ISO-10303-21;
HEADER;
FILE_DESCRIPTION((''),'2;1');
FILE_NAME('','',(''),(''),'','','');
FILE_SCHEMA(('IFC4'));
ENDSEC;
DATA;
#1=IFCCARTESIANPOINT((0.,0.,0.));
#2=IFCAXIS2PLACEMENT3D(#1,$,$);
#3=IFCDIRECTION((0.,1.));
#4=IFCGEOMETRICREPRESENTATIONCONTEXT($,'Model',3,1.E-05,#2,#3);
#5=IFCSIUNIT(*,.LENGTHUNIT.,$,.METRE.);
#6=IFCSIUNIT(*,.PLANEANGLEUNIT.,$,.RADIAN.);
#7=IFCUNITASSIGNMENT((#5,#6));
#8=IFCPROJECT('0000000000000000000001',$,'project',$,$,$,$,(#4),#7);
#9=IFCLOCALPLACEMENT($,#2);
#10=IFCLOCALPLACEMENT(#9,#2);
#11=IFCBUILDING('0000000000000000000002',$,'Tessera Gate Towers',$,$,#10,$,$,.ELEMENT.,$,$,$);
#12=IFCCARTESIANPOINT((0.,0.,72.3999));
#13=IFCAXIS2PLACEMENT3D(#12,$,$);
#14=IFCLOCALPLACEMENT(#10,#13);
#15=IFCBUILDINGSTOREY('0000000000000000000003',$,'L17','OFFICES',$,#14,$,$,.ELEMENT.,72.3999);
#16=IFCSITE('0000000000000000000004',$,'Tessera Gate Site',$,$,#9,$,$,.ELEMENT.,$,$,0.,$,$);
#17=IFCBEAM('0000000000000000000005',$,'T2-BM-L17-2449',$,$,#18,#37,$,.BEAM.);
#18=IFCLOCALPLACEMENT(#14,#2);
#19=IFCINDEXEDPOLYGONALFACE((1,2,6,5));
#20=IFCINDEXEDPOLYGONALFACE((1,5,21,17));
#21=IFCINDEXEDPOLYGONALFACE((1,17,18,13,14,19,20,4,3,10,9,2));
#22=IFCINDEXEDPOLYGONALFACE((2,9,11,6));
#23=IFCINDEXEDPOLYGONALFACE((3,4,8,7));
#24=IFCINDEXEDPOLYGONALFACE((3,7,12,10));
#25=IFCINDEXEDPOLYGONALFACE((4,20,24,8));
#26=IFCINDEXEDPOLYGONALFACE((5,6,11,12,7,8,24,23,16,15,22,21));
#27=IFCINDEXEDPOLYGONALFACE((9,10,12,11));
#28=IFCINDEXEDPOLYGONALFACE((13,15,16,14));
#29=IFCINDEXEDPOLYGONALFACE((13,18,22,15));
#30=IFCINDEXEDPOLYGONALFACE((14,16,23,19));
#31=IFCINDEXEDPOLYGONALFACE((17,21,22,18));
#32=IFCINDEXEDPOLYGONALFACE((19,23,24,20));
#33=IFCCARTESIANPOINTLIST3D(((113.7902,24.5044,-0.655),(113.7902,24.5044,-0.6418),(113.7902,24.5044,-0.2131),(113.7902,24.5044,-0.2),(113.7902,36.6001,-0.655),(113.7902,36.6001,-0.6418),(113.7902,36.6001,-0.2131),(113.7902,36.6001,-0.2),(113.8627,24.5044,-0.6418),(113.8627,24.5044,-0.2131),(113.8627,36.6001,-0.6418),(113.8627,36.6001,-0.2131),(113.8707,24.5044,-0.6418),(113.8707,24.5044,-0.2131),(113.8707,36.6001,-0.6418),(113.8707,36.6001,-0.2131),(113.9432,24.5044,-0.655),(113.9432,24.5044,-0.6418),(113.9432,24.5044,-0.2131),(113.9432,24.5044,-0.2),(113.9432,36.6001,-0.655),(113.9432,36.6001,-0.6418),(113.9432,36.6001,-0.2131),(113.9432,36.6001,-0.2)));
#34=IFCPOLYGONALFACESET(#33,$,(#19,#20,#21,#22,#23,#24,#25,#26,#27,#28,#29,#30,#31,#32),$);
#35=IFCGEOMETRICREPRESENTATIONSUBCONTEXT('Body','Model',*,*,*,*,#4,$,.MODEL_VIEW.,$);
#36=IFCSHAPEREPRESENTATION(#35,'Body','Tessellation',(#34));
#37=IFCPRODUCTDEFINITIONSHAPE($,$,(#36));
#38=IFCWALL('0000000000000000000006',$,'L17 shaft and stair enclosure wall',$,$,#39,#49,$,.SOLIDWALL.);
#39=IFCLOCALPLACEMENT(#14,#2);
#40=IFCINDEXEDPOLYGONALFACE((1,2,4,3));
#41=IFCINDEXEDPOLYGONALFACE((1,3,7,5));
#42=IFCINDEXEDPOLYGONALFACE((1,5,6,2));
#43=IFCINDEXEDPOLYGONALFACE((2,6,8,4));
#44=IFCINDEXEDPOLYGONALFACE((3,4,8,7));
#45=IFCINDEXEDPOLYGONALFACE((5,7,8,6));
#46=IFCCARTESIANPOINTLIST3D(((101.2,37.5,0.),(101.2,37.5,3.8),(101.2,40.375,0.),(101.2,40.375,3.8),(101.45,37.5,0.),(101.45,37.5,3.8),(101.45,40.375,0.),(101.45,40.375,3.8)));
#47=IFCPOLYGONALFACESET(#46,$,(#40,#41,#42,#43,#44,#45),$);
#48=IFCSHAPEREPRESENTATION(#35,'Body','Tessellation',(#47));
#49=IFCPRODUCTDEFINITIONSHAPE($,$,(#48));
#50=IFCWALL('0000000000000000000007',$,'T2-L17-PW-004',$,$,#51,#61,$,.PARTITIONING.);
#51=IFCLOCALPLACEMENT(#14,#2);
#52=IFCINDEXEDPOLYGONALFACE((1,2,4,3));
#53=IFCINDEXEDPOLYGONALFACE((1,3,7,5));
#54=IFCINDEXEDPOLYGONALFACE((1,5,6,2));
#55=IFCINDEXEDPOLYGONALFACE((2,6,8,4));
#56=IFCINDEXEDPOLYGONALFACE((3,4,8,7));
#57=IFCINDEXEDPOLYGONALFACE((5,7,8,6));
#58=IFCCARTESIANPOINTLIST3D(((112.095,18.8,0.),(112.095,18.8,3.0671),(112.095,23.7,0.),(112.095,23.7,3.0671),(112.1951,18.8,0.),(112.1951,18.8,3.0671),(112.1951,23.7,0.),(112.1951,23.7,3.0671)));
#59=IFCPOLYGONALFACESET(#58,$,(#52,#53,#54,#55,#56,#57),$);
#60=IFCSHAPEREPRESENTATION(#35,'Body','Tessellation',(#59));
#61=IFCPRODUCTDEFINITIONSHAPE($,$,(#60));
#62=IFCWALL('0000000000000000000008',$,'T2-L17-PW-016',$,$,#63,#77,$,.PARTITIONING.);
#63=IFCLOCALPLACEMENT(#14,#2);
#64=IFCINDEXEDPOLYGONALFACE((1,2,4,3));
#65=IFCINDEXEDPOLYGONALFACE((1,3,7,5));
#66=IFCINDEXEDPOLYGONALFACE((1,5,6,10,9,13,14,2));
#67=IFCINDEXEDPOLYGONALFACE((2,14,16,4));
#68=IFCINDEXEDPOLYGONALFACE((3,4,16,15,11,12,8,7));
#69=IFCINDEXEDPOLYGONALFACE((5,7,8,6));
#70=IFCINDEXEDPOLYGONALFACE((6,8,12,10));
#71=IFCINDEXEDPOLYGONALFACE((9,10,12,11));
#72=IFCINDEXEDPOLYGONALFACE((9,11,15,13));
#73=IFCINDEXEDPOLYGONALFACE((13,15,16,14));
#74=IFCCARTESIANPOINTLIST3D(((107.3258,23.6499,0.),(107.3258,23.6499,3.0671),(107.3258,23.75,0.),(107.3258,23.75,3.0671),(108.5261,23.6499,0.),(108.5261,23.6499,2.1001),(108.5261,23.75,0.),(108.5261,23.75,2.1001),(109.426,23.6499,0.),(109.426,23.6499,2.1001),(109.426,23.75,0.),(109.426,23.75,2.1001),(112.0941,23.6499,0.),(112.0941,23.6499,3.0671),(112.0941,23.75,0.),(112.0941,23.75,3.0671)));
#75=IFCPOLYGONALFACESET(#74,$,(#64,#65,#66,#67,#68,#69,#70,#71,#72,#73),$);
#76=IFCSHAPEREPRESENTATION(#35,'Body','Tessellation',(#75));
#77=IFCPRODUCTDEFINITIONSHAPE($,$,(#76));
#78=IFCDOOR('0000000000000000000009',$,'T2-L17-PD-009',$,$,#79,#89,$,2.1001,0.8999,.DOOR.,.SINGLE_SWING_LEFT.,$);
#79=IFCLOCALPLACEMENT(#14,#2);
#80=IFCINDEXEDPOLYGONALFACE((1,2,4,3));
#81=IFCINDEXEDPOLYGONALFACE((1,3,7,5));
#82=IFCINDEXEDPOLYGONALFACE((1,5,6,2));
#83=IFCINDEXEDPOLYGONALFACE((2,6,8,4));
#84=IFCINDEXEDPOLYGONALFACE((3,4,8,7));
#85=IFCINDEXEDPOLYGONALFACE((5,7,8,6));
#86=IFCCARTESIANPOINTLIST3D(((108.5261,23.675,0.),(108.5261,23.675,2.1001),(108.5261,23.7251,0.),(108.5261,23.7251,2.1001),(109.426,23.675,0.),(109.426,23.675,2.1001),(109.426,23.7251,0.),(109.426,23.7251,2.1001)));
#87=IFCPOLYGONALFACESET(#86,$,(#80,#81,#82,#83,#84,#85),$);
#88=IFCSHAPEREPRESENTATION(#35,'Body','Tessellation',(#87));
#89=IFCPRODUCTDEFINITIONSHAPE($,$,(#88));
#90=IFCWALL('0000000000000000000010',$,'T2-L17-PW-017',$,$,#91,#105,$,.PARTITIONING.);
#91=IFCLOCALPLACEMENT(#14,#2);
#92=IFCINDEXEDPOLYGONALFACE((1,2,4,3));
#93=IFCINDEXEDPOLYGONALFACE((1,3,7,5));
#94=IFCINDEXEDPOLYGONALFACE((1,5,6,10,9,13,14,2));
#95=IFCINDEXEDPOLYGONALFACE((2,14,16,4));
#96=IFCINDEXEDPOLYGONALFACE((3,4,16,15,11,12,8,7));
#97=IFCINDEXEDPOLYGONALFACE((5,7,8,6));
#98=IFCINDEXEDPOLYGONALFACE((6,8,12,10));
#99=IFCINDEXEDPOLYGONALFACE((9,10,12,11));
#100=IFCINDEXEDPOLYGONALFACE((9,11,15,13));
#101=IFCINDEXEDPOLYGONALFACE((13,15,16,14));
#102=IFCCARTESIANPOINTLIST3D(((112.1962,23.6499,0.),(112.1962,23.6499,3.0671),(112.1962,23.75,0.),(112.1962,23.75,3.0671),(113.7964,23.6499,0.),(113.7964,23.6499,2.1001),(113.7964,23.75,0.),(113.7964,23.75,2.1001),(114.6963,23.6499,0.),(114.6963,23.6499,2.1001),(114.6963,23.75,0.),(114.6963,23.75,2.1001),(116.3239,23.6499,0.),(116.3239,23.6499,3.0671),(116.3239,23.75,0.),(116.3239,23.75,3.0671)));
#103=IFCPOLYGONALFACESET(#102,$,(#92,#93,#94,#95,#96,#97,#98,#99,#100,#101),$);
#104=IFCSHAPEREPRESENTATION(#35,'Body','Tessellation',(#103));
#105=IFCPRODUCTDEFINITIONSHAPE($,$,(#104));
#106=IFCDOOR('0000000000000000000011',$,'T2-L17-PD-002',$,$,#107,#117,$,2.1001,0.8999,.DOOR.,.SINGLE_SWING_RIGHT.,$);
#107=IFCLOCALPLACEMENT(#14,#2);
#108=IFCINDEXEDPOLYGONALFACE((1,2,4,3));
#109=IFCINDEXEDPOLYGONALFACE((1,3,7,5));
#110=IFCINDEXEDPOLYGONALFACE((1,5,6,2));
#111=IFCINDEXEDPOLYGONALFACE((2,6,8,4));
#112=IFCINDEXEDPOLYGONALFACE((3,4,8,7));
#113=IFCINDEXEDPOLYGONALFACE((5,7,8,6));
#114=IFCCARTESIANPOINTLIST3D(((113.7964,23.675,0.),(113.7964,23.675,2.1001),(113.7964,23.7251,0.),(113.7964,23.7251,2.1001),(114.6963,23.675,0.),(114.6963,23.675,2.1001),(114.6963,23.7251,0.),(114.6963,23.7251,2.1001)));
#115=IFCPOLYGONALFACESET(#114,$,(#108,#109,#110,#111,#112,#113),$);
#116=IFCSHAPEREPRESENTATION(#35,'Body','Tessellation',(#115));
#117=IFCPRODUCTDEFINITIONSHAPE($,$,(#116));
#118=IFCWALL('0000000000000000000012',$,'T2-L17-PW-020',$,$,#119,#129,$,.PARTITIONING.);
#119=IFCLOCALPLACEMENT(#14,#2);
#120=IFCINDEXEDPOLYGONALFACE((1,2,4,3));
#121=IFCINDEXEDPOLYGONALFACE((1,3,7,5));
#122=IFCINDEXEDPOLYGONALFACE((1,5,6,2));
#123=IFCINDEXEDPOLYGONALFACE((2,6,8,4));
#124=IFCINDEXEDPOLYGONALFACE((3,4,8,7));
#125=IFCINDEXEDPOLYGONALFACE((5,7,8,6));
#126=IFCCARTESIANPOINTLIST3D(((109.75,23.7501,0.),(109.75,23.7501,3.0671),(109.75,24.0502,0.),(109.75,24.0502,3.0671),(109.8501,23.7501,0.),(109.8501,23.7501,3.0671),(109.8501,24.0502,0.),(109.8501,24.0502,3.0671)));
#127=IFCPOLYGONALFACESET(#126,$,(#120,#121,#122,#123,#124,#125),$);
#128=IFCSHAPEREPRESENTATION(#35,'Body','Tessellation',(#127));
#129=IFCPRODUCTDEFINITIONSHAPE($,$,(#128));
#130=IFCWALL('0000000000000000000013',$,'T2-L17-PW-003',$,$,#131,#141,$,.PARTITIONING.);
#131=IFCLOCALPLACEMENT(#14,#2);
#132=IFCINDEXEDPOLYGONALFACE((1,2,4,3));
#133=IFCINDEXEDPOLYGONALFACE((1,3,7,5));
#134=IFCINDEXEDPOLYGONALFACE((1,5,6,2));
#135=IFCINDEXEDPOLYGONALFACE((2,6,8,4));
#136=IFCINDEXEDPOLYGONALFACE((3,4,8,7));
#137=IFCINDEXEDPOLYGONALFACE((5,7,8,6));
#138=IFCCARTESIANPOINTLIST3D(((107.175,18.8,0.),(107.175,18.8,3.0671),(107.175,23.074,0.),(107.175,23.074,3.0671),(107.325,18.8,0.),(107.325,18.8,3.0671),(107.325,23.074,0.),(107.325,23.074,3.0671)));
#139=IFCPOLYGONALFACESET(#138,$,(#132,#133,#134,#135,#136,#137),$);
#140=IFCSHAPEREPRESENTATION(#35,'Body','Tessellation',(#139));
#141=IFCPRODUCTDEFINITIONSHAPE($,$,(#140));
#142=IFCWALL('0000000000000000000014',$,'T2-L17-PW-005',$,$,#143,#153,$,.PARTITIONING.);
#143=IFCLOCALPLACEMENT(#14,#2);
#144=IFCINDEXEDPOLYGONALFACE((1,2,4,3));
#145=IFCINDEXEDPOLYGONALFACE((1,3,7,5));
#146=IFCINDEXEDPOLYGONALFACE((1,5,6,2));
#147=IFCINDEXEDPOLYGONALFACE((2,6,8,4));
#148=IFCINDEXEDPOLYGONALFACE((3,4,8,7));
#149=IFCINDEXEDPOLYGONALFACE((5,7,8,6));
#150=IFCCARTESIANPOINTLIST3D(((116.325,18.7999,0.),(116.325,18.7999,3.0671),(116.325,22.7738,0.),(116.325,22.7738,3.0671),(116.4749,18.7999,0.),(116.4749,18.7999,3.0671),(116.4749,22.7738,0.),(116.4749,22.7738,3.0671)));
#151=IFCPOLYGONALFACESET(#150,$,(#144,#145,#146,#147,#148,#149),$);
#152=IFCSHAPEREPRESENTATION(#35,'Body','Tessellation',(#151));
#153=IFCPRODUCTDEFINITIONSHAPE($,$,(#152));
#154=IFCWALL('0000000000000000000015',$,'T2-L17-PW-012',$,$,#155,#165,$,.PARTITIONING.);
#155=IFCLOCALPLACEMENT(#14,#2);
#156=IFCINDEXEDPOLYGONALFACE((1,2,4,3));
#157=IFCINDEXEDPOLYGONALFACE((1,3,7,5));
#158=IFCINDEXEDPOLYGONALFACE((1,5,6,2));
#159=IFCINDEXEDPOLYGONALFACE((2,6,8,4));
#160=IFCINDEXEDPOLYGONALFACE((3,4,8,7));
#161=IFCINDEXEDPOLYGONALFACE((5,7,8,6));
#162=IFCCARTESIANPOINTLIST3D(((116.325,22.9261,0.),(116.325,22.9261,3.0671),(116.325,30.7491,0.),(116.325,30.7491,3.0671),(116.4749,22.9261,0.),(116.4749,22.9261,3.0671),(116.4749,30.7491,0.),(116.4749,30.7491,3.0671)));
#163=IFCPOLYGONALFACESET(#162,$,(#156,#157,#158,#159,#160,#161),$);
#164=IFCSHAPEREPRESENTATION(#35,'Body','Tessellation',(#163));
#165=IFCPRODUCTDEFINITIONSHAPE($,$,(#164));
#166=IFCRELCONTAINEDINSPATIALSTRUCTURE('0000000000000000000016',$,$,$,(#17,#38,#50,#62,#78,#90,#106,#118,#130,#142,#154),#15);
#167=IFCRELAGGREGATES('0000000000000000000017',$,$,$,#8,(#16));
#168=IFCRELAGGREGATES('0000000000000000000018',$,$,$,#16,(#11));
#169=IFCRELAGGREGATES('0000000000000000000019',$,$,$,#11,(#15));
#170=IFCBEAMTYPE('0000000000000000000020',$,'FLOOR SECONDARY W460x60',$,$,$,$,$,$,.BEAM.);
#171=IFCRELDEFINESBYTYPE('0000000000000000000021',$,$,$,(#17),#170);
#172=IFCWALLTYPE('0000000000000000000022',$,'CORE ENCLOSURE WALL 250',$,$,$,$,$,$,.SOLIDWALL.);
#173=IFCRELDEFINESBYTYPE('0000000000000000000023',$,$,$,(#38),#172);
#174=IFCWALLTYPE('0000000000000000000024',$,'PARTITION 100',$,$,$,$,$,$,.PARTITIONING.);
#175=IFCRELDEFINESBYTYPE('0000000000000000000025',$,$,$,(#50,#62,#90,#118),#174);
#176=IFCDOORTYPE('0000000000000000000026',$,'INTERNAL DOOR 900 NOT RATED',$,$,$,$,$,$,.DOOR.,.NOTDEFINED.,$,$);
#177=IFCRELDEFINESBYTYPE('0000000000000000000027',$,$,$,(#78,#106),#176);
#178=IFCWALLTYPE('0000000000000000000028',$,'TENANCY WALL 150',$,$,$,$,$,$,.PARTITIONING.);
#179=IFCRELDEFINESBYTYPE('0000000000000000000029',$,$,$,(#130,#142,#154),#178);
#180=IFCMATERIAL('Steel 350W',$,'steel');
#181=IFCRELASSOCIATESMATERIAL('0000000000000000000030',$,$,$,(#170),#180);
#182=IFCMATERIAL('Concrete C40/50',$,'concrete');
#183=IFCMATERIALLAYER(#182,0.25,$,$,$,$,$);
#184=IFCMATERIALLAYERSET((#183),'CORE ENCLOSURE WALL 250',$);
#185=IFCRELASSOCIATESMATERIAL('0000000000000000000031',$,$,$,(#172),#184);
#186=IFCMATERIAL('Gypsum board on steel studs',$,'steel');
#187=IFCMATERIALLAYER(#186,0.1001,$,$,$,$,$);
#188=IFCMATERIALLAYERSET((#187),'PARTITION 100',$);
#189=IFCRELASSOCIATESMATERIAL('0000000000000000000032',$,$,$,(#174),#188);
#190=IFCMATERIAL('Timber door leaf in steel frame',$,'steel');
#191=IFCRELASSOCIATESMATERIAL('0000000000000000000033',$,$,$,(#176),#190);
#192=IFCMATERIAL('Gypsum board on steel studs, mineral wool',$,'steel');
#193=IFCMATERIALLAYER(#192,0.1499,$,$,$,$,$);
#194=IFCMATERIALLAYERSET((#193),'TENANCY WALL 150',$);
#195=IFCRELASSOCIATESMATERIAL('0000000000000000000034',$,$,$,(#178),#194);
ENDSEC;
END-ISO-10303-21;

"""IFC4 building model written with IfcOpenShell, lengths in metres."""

from ifc_helpers import new_model, si_unit, direction, frame, frame_2d, origin, origin_2d, place, context, subcontext, project, spatial, rectangle, i_section, extrude, source, transform, mapped, material, layer, layer_set, material_profile, profile_set, type_object, element, fill, save


model = new_model("IFC4")

# Units and contexts
model_context = context("Model", 3, precision=1e-05, world=origin(), true_north=direction((0.0, 1.0)))
body_context = subcontext(model_context, "Body", "Model", "MODEL_VIEW")
ifc_project = project(units=[si_unit("LENGTHUNIT", "METRE"), si_unit("PLANEANGLEUNIT", "RADIAN")], contexts=[model_context])

# Site, building, storey
site_placement = place(None, origin())
site = spatial("IfcSite", under=ifc_project, at=site_placement, Name="Tessera Gate Site", CompositionType="ELEMENT", RefElevation=0.0)
building_placement = place(site_placement, origin())
building = spatial("IfcBuilding", under=site, at=building_placement, Name="Tessera Gate Towers", CompositionType="ELEMENT")
storey_placement = place(building_placement, frame((0.0, 0.0, 72.3999)))
storey = spatial("IfcBuildingStorey", under=building, at=storey_placement, Name="L17", Description="OFFICES", CompositionType="ELEMENT", Elevation=72.3999)

# Beam
ifc_material_1 = material(Name="Steel 350W", Category="steel")
ifc_material_profile_1 = material_profile(ifc_material_1, i_section(OverallWidth=0.1531, OverallDepth=0.4551, WebThickness=0.0081, FlangeThickness=0.0132, at=origin_2d()), Name="W460x60")
ifc_profile_set_1 = profile_set([ifc_material_profile_1], Name="Steel 350W")
beam_type_1 = type_object("IfcBeamType", Name="FLOOR SECONDARY W460x60", PredefinedType="BEAM", material=ifc_profile_set_1)
beam_1_placement = place(storey_placement, frame((113.8667, 24.5044, -0.4275), z_axis=(0.0, 1.0, 0.0), x_axis=(-1.0, 0.0, 0.0)))
element("IfcBeam", 1, at=beam_1_placement, inside=storey, type_object=beam_type_1, Name="T2-BM-L17-2449", PredefinedType="BEAM", context=body_context, shape_type="SweptSolid", body=[
    extrude(i_section(OverallWidth=0.1531, OverallDepth=0.4551, WebThickness=0.0081, FlangeThickness=0.0132, at=origin_2d()), origin(), (0.0, 0.0, 1.0), 12.0957),
])

# Walls
ifc_material_2 = material(Name="Concrete C40/50", Category="concrete")
ifc_layer_1 = layer(ifc_material_2, 0.25)
ifc_layer_set_1 = layer_set([ifc_layer_1], Name="CORE ENCLOSURE WALL 250")
wall_type_1 = type_object("IfcWallType", Name="CORE ENCLOSURE WALL 250", PredefinedType="SOLIDWALL", material=ifc_layer_set_1)
wall_1_placement = place(storey_placement, frame((101.325, 37.5, 0.0), z_axis=(0.0, 0.0, 1.0), x_axis=(0.0, 1.0, 0.0)))
element("IfcWall", 2, at=wall_1_placement, inside=storey, type_object=wall_type_1, Name="L17 shaft and stair enclosure wall", PredefinedType="SOLIDWALL", context=body_context, shape_type="SweptSolid", body=[
    extrude(rectangle(XDim=2.875, YDim=0.25, at=frame_2d((1.4375, 0.0))), origin(), (0.0, 0.0, 1.0), 3.8),
])
ifc_material_3 = material(Name="Gypsum board on steel studs", Category="steel")
ifc_layer_2 = layer(ifc_material_3, 0.1001)
ifc_layer_set_2 = layer_set([ifc_layer_2], Name="PARTITION 100")
wall_type_2 = type_object("IfcWallType", Name="PARTITION 100", PredefinedType="PARTITIONING", material=ifc_layer_set_2)
wall_2_placement = place(storey_placement, frame((112.145, 18.8, 0.0), z_axis=(0.0, 0.0, 1.0), x_axis=(0.0, 1.0, 0.0)))
element("IfcWall", 3, at=wall_2_placement, inside=storey, type_object=wall_type_2, Name="T2-L17-PW-004", PredefinedType="PARTITIONING", context=body_context, shape_type="SweptSolid", body=[
    extrude(rectangle(XDim=4.8999, YDim=0.1001, at=frame_2d((2.45, 0.0))), origin(), (0.0, 0.0, 1.0), 3.0671),
])

# Walls, openings, doors
wall_3_placement = place(storey_placement, frame((112.0942, 23.7, 0.0), z_axis=(0.0, 0.0, 1.0), x_axis=(-1.0, 0.0, 0.0)))
wall_3 = element("IfcWall", 4, at=wall_3_placement, inside=storey, type_object=wall_type_2, Name="T2-L17-PW-016", PredefinedType="PARTITIONING", context=body_context, shape_type="SweptSolid", body=[
    extrude(rectangle(XDim=4.7683, YDim=0.1001, at=frame_2d((2.3843, 0.0))), origin(), (0.0, 0.0, 1.0), 3.0671),
])
shared_shape_1 = source(origin(), body_context, "Body", "SweptSolid", [
    extrude(rectangle(XDim=0.8999, YDim=2.1001, at=frame_2d((0.45, 1.05))), frame((0.0, 0.0601, 0.0), z_axis=(0.0, -1.0, 0.0), x_axis=(1.0, 0.0, 0.0)), (0.0, 0.0, 1.0), 0.1201),
])
opening_1_placement = place(wall_3_placement, frame((2.6682, 0.0, 0.0)))
opening_1 = element("IfcOpeningElement", 5, at=opening_1_placement, cuts=wall_3, PredefinedType="OPENING", context=body_context, shape_type="MappedRepresentation", body=[
    mapped(shared_shape_1, transform((0.0, 0.0, 0.0), scale=1.0)),
])
ifc_material_4 = material(Name="Timber door leaf in steel frame", Category="steel")
door_type = type_object("IfcDoorType", Name="INTERNAL DOOR 900 NOT RATED", OperationType="NOTDEFINED", PredefinedType="DOOR", material=ifc_material_4)
shared_shape_2 = source(origin(), body_context, "Body", "SweptSolid", [
    extrude(rectangle(XDim=0.8999, YDim=2.1001, at=frame_2d((0.45, 1.05))), frame((0.0, 0.0249, 0.0), z_axis=(0.0, -1.0, 0.0), x_axis=(1.0, 0.0, 0.0)), (0.0, 0.0, 1.0), 0.05),
])
door_1_placement = place(opening_1_placement, origin())
door_1 = element("IfcDoor", 6, at=door_1_placement, inside=storey, type_object=door_type, Name="T2-L17-PD-009", OperationType="SINGLE_SWING_LEFT", OverallHeight=2.1001, OverallWidth=0.8999, PredefinedType="DOOR", context=body_context, shape_type="MappedRepresentation", body=[
    mapped(shared_shape_2, transform((0.0, 0.0, 0.0), scale=1.0)),
])
fill(opening_1, door_1)
wall_4_placement = place(storey_placement, frame((116.324, 23.7, 0.0), z_axis=(0.0, 0.0, 1.0), x_axis=(-1.0, 0.0, 0.0)))
wall_4 = element("IfcWall", 7, at=wall_4_placement, inside=storey, type_object=wall_type_2, Name="T2-L17-PW-017", PredefinedType="PARTITIONING", context=body_context, shape_type="SweptSolid", body=[
    extrude(rectangle(XDim=4.1277, YDim=0.1001, at=frame_2d((2.064, 0.0))), origin(), (0.0, 0.0, 1.0), 3.0671),
])
opening_2_placement = place(wall_4_placement, frame((1.6277, 0.0, 0.0)))
opening_2 = element("IfcOpeningElement", 8, at=opening_2_placement, cuts=wall_4, PredefinedType="OPENING", context=body_context, shape_type="MappedRepresentation", body=[
    mapped(shared_shape_1, transform((0.0, 0.0, 0.0), scale=1.0)),
])
door_2_placement = place(opening_2_placement, origin())
door_2 = element("IfcDoor", 9, at=door_2_placement, inside=storey, type_object=door_type, Name="T2-L17-PD-002", OperationType="SINGLE_SWING_RIGHT", OverallHeight=2.1001, OverallWidth=0.8999, PredefinedType="DOOR", context=body_context, shape_type="MappedRepresentation", body=[
    mapped(shared_shape_2, transform((0.0, 0.0, 0.0), scale=1.0)),
])
fill(opening_2, door_2)

# Walls
wall_5_placement = place(storey_placement, frame((109.8, 24.05, 0.0), z_axis=(0.0, 0.0, 1.0), x_axis=(0.0, -1.0, 0.0)))
element("IfcWall", 10, at=wall_5_placement, inside=storey, type_object=wall_type_2, Name="T2-L17-PW-020", PredefinedType="PARTITIONING", context=body_context, shape_type="SweptSolid", body=[
    extrude(rectangle(XDim=0.3, YDim=0.1001, at=frame_2d((0.1499, 0.0))), origin(), (0.0, 0.0, 1.0), 3.0671),
])
ifc_material_5 = material(Name="Gypsum board on steel studs, mineral wool", Category="steel")
ifc_layer_3 = layer(ifc_material_5, 0.1499)
ifc_layer_set_3 = layer_set([ifc_layer_3], Name="TENANCY WALL 150")
wall_type_3 = type_object("IfcWallType", Name="TENANCY WALL 150", PredefinedType="PARTITIONING", material=ifc_layer_set_3)
wall_6_placement = place(storey_placement, frame((107.25, 18.8, 0.0), z_axis=(0.0, 0.0, 1.0), x_axis=(0.0, 1.0, 0.0)))
element("IfcWall", 11, at=wall_6_placement, inside=storey, type_object=wall_type_3, Name="T2-L17-PW-003", PredefinedType="PARTITIONING", context=body_context, shape_type="SweptSolid", body=[
    extrude(rectangle(XDim=4.2739, YDim=0.1499, at=frame_2d((2.137, 0.0))), origin(), (0.0, 0.0, 1.0), 3.0671),
])
wall_7_placement = place(storey_placement, frame((116.3999, 18.8, 0.0), z_axis=(0.0, 0.0, 1.0), x_axis=(0.0, 1.0, 0.0)))
element("IfcWall", 12, at=wall_7_placement, inside=storey, type_object=wall_type_3, Name="T2-L17-PW-005", PredefinedType="PARTITIONING", context=body_context, shape_type="SweptSolid", body=[
    extrude(rectangle(XDim=3.9739, YDim=0.1499, at=frame_2d((1.9868, 0.0))), origin(), (0.0, 0.0, 1.0), 3.0671),
])
wall_8_placement = place(storey_placement, frame((116.3999, 22.926, 0.0), z_axis=(0.0, 0.0, 1.0), x_axis=(0.0, 1.0, 0.0)))
element("IfcWall", 13, at=wall_8_placement, inside=storey, type_object=wall_type_3, Name="T2-L17-PW-012", PredefinedType="PARTITIONING", context=body_context, shape_type="SweptSolid", body=[
    extrude(rectangle(XDim=7.823, YDim=0.1499, at=frame_2d((3.9116, 0.0))), origin(), (0.0, 0.0, 1.0), 3.0671),
])

save(model, "model.ifc")
